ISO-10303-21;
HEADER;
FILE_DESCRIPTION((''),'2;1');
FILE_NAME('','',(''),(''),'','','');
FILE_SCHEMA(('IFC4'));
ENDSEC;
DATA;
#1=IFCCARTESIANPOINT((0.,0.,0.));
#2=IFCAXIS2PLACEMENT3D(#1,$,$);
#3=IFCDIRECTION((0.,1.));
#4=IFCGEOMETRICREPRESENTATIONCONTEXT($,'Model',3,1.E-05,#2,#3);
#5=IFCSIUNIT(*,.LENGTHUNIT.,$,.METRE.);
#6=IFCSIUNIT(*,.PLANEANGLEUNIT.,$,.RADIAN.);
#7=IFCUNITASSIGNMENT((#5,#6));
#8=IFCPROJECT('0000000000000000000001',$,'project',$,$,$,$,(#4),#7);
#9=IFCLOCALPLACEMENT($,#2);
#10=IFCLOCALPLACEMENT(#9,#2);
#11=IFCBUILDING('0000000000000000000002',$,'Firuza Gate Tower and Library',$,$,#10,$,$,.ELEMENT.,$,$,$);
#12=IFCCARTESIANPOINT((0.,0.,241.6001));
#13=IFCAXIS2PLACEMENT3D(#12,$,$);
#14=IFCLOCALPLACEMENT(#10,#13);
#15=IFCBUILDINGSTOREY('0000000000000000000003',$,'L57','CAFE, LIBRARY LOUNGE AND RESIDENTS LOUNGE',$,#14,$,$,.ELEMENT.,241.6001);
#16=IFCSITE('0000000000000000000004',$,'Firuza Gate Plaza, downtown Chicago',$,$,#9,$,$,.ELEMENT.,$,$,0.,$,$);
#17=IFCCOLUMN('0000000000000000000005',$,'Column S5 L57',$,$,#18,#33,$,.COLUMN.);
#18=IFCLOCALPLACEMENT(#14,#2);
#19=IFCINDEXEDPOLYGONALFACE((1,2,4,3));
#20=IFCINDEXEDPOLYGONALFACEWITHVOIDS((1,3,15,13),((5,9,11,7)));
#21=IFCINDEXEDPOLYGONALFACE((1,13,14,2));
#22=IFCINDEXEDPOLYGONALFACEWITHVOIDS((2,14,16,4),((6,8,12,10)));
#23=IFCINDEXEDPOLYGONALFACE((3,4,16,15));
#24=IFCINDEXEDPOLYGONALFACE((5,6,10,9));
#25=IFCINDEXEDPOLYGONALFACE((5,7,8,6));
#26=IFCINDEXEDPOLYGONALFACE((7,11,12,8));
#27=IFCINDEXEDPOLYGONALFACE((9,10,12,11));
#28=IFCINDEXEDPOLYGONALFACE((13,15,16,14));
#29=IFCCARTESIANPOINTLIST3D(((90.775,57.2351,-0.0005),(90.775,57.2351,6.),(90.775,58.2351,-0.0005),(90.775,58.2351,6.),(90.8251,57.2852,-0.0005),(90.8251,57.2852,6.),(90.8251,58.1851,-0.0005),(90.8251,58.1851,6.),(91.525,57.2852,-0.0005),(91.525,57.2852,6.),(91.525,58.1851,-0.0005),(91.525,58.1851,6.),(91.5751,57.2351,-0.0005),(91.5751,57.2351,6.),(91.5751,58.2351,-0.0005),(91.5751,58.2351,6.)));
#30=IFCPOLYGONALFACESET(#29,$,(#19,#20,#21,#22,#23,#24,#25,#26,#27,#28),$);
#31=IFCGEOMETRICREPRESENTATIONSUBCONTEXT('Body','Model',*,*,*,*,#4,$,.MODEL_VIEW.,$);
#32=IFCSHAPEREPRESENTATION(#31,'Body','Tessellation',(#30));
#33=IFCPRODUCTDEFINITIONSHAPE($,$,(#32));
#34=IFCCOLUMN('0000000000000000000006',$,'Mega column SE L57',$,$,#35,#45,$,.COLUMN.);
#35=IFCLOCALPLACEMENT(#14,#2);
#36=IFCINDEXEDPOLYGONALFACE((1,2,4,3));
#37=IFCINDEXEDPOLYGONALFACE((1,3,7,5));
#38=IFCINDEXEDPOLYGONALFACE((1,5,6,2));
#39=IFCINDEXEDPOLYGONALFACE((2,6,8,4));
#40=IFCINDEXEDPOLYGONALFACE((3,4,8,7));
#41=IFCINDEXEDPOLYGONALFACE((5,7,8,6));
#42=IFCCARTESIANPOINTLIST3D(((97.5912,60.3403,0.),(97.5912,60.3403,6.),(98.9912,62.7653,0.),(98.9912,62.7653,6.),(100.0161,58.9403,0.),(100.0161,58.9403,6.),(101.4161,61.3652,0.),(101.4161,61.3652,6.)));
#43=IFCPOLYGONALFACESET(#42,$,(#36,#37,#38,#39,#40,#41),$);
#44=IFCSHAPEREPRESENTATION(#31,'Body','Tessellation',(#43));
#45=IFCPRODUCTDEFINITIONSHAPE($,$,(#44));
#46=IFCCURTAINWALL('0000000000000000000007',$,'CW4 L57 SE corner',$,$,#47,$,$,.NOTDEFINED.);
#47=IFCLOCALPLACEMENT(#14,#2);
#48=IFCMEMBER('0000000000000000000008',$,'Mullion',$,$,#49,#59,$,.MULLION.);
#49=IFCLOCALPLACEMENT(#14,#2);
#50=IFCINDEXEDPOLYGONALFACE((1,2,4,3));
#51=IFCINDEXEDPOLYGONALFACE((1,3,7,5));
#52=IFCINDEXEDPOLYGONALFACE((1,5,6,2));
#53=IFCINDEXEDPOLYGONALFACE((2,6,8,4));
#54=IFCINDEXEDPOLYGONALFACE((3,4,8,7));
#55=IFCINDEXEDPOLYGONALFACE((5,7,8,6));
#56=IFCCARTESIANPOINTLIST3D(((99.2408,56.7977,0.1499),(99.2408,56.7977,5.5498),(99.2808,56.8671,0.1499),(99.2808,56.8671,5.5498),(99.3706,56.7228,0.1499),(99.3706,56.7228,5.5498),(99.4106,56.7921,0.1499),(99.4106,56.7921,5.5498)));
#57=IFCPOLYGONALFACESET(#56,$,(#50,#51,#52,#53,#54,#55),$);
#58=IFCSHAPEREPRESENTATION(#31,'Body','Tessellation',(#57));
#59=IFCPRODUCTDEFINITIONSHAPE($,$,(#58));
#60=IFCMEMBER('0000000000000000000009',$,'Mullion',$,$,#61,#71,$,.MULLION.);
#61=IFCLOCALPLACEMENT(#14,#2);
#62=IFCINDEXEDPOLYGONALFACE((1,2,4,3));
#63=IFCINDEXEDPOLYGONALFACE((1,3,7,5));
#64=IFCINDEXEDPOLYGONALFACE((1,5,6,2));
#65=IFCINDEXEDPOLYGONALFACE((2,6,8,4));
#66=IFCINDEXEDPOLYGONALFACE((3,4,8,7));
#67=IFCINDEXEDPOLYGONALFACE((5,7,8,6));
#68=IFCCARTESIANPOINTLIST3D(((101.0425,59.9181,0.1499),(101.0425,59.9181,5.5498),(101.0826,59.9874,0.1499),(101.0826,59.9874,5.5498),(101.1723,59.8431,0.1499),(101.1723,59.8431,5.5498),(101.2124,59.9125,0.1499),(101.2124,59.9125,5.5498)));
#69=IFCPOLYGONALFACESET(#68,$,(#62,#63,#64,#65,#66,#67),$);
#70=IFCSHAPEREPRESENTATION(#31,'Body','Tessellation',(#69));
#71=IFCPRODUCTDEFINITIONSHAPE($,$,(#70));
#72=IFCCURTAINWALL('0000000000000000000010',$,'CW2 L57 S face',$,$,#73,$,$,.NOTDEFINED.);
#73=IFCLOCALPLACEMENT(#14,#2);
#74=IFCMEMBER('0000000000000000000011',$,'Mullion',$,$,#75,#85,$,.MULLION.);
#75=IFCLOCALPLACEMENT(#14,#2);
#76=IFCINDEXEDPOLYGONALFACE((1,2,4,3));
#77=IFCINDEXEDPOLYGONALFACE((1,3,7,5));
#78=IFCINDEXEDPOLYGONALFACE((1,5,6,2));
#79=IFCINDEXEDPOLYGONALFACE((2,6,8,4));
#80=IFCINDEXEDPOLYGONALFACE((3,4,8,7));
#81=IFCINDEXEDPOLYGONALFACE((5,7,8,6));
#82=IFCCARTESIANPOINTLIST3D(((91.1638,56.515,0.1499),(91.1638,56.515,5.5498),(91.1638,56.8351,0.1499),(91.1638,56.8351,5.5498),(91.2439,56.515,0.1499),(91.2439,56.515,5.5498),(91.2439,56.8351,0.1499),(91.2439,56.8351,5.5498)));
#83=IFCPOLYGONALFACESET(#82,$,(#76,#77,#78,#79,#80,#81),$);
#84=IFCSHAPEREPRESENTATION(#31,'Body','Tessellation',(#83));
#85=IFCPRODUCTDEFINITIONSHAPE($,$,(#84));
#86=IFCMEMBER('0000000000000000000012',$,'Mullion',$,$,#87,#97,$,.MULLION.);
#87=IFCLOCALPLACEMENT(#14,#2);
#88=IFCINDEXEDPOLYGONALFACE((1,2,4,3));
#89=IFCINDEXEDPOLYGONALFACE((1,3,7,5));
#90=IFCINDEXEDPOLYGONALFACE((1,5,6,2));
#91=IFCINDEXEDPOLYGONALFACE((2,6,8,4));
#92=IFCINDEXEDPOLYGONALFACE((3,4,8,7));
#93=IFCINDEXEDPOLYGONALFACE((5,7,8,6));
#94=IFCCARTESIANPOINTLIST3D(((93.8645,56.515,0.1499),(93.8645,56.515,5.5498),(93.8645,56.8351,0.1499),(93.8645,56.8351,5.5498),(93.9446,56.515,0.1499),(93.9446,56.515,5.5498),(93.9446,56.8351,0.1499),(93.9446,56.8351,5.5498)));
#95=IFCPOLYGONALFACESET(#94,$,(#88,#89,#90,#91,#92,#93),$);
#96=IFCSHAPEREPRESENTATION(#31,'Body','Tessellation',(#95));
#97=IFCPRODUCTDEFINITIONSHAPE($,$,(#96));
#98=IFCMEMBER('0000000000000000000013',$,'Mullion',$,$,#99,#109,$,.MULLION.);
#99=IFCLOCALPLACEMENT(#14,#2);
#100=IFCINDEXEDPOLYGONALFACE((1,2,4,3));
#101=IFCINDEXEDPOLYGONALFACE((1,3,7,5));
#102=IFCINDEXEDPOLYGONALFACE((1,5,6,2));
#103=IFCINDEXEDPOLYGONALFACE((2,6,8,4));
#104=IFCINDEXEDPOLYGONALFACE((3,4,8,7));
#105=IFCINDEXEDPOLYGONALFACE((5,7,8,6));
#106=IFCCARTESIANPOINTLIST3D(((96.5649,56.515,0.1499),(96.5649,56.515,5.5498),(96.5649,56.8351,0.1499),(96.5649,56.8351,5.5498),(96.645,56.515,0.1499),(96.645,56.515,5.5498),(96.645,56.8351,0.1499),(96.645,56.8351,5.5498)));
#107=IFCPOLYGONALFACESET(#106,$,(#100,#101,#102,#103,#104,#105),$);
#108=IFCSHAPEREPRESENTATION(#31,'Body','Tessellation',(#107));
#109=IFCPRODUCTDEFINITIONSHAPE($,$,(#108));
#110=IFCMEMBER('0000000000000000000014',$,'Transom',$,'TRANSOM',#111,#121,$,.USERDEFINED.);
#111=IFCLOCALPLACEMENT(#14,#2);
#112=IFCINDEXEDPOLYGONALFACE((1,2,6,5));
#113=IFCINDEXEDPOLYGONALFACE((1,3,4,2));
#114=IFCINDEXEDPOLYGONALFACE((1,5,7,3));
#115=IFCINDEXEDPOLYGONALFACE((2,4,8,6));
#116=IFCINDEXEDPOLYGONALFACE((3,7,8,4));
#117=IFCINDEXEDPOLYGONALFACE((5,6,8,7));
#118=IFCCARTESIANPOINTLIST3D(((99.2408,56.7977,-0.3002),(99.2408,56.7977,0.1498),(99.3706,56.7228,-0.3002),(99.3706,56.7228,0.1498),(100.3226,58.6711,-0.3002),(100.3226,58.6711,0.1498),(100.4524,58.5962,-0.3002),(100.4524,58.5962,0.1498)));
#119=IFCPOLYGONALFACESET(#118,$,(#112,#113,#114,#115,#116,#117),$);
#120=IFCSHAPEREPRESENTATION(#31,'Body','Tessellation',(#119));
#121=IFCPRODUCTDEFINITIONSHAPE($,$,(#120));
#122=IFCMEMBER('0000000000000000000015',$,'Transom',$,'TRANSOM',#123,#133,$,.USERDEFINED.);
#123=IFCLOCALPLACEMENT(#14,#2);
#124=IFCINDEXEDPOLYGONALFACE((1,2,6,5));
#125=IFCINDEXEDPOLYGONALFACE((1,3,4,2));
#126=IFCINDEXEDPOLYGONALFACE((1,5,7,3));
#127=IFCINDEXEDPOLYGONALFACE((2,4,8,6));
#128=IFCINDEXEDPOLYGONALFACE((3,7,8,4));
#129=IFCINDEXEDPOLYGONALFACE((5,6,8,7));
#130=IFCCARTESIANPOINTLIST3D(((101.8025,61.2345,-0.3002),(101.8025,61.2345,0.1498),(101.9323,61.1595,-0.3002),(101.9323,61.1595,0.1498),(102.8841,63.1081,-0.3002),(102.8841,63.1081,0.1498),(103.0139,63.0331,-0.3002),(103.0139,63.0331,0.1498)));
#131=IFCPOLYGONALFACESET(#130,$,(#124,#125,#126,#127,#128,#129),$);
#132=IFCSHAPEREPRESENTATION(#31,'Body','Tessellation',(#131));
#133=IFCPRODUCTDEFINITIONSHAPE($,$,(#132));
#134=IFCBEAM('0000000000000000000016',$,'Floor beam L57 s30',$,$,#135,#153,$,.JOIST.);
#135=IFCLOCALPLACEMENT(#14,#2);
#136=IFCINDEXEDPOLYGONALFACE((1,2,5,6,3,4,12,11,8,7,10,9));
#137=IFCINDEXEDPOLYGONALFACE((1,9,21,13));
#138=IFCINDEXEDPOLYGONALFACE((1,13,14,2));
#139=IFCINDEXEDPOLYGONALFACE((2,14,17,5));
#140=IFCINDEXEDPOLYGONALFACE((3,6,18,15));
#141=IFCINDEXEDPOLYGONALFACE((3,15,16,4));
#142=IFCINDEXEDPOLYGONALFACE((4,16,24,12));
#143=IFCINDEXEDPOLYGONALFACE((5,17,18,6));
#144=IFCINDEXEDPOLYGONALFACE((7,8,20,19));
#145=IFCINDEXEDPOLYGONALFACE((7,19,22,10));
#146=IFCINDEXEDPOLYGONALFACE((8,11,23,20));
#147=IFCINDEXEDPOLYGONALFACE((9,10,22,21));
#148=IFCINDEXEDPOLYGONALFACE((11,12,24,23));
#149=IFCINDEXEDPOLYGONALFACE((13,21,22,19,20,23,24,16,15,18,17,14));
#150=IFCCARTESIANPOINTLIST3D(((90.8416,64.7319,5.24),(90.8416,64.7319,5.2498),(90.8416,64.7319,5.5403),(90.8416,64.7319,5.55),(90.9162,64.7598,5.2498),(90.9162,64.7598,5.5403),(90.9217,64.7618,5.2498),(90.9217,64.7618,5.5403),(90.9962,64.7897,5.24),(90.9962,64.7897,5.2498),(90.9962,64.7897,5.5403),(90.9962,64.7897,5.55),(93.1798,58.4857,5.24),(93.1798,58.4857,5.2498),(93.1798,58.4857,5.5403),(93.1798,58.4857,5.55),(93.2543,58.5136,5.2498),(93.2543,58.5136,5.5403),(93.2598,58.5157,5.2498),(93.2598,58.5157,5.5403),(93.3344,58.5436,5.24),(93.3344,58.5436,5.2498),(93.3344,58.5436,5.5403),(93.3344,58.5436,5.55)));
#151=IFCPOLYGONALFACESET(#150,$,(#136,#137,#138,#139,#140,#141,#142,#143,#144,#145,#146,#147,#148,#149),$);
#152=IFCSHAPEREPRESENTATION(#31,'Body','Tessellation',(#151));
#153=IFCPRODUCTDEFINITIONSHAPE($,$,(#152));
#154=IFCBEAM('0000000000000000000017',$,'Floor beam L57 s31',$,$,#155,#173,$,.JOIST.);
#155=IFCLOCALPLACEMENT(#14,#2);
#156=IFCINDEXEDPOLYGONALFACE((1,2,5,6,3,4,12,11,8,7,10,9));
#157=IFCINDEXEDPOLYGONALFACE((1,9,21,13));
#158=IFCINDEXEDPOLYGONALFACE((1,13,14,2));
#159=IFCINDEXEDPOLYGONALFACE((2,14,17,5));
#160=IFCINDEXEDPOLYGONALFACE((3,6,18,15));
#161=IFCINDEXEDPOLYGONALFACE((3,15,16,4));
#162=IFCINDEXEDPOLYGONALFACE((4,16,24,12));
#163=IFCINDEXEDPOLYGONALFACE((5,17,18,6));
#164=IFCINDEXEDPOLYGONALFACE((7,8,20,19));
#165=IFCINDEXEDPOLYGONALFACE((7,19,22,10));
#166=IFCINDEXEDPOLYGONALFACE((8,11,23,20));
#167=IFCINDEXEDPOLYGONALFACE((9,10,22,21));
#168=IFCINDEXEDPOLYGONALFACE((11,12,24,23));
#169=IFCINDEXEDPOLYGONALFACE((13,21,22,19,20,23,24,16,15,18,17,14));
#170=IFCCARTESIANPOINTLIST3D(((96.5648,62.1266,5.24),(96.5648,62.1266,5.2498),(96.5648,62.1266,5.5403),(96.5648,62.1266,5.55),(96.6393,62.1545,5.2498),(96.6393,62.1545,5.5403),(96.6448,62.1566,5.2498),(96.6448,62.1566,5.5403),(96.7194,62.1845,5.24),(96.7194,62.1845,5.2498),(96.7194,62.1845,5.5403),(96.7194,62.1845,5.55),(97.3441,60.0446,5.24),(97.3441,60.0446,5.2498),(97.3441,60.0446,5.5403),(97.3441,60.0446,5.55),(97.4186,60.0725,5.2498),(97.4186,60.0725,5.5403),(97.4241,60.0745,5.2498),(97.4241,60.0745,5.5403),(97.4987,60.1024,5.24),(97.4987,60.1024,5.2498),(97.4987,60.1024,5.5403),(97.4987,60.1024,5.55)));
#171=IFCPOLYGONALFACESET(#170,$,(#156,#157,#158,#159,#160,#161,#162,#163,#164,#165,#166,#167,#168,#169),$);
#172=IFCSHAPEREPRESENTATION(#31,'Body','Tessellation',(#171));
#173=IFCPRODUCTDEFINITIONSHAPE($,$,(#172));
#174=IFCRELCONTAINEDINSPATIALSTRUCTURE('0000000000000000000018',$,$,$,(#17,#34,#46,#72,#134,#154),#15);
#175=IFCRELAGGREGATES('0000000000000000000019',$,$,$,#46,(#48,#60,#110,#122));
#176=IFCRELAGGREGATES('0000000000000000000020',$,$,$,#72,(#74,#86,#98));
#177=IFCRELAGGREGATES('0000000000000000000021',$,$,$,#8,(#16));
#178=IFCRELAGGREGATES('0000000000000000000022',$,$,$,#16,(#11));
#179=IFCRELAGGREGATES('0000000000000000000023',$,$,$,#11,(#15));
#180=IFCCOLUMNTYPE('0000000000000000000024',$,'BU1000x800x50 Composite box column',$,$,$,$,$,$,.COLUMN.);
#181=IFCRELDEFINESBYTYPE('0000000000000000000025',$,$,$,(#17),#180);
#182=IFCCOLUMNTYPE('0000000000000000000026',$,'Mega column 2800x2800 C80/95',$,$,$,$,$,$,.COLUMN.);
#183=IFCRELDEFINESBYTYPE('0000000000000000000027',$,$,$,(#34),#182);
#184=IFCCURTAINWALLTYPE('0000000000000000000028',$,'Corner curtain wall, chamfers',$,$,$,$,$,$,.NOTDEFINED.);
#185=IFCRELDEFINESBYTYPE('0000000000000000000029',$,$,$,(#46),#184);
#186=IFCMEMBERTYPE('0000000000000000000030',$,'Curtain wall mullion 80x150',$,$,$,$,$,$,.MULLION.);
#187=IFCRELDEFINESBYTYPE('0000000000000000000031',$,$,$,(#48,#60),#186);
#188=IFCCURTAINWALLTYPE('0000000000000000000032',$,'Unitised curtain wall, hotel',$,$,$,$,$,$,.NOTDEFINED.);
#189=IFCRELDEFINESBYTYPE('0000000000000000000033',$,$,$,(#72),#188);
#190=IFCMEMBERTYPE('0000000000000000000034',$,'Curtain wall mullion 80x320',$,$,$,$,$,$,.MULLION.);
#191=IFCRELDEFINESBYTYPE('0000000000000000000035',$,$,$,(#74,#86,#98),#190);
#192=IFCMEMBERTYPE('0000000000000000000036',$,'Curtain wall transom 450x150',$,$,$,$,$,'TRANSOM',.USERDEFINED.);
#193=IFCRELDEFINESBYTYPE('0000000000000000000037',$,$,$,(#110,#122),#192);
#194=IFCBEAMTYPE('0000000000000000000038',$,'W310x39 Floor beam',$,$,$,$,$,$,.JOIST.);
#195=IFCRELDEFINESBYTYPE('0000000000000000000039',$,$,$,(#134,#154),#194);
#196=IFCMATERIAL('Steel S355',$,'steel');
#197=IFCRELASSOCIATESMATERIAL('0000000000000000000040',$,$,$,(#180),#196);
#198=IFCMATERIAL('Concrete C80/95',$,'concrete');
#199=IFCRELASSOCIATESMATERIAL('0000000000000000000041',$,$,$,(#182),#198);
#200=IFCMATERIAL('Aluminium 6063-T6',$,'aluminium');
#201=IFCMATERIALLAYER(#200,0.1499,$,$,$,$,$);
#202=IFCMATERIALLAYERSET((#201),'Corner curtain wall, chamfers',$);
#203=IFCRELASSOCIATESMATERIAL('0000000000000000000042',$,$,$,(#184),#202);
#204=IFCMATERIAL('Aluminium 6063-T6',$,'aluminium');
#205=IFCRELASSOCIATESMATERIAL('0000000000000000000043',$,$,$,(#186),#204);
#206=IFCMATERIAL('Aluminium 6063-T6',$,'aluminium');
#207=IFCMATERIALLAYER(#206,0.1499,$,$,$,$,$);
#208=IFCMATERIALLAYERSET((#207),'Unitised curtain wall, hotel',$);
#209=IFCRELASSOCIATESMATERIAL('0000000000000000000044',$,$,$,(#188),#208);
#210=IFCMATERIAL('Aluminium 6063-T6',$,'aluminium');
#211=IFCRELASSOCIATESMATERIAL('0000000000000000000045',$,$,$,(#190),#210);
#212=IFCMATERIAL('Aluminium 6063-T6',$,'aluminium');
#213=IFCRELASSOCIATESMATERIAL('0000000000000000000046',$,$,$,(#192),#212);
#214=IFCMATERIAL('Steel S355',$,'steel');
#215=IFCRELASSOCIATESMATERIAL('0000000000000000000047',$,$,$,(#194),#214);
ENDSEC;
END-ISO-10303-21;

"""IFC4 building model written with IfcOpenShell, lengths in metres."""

from ifc_helpers import new_model, si_unit, direction, frame, origin, origin_2d, place, context, subcontext, project, spatial, rectangle, hollow_rectangle, i_section, extrude, material, layer, layer_set, material_profile, profile_set, type_object, element, aggregate, save


model = new_model("IFC4")

# Units and contexts
model_context = context("Model", 3, precision=1e-05, world=origin(), true_north=direction((0.0, 1.0)))
body_context = subcontext(model_context, "Body", "Model", "MODEL_VIEW")
ifc_project = project(units=[si_unit("LENGTHUNIT", "METRE"), si_unit("PLANEANGLEUNIT", "RADIAN")], contexts=[model_context])

# Site, building, storey
site_placement = place(None, origin())
site = spatial("IfcSite", under=ifc_project, at=site_placement, Name="Firuza Gate Plaza, downtown Chicago", CompositionType="ELEMENT", RefElevation=0.0)
building_placement = place(site_placement, origin())
building = spatial("IfcBuilding", under=site, at=building_placement, Name="Firuza Gate Tower and Library", CompositionType="ELEMENT")
storey_placement = place(building_placement, frame((0.0, 0.0, 241.6001)))
storey = spatial("IfcBuildingStorey", under=building, at=storey_placement, Name="L57", Description="CAFE, LIBRARY LOUNGE AND RESIDENTS LOUNGE", CompositionType="ELEMENT", Elevation=241.6001)

# Columns
ifc_material_1 = material(Name="Steel S355", Category="steel")
ifc_material_profile_1 = material_profile(ifc_material_1, hollow_rectangle(XDim=0.8, YDim=1.0, WallThickness=0.05, at=origin_2d()))
ifc_profile_set_1 = profile_set([ifc_material_profile_1], Name="Steel S355")
column_type_1 = type_object("IfcColumnType", Name="BU1000x800x50 Composite box column", PredefinedType="COLUMN", material=ifc_profile_set_1)
column_1_placement = place(storey_placement, frame((91.175, 57.7351, -0.0005), z_axis=(0.0, 0.0, 1.0), x_axis=(1.0, 0.0, 0.0)))
element("IfcColumn", 1, at=column_1_placement, inside=storey, type_object=column_type_1, Name="Column S5 L57", PredefinedType="COLUMN", context=body_context, shape_type="SweptSolid", body=[
    extrude(hollow_rectangle(XDim=0.8, YDim=1.0, WallThickness=0.05, at=origin_2d()), origin(), (0.0, 0.0, 1.0), 6.0005),
])
ifc_material_2 = material(Name="Concrete C80/95", Category="concrete")
ifc_material_profile_2 = material_profile(ifc_material_2, rectangle(XDim=2.8, YDim=2.8, at=origin_2d()))
ifc_profile_set_2 = profile_set([ifc_material_profile_2], Name="Concrete C80/95")
column_type_2 = type_object("IfcColumnType", Name="Mega column 2800x2800 C80/95", PredefinedType="COLUMN", material=ifc_profile_set_2)
column_2_placement = place(storey_placement, frame((99.5037, 60.8528, 0.0), z_axis=(0.0, 0.0, 1.0), x_axis=(0.5, 0.866025, 0.0)))
element("IfcColumn", 2, at=column_2_placement, inside=storey, type_object=column_type_2, Name="Mega column SE L57", PredefinedType="COLUMN", context=body_context, shape_type="SweptSolid", body=[
    extrude(rectangle(XDim=2.8, YDim=2.8, at=origin_2d()), origin(), (0.0, 0.0, 1.0), 6.0),
])

# Curtain walls, members
ifc_material_3 = material(Name="Aluminium 6063-T6", Category="aluminium")
ifc_layer_1 = layer(ifc_material_3, 0.1499)
ifc_layer_set_1 = layer_set([ifc_layer_1], Name="Corner curtain wall, chamfers")
curtain_wall_type_1 = type_object("IfcCurtainWallType", Name="Corner curtain wall, chamfers", PredefinedType="NOTDEFINED", material=ifc_layer_set_1)
placement = place(storey_placement, origin())
curtain_wall_1 = element("IfcCurtainWall", 3, at=placement, inside=storey, type_object=curtain_wall_type_1, Name="CW4 L57 SE corner", PredefinedType="NOTDEFINED")
ifc_material_4 = material(Name="Aluminium 6063-T6", Category="aluminium")
ifc_material_profile_3 = material_profile(ifc_material_4, rectangle(XDim=0.1499, YDim=0.0801, at=origin_2d()))
ifc_profile_set_3 = profile_set([ifc_material_profile_3], Name="Aluminium 6063-T6")
member_type_1 = type_object("IfcMemberType", Name="Curtain wall mullion 80x150", PredefinedType="MULLION", material=ifc_profile_set_3)
member_1_placement = place(storey_placement, frame((99.3257, 56.7949, 0.1499), z_axis=(0.0, 0.0, 1.0), x_axis=(-0.866025, 0.5, 0.0)))
member_1 = element("IfcMember", 4, at=member_1_placement, type_object=member_type_1, Name="Mullion", PredefinedType="MULLION", context=body_context, shape_type="SweptSolid", body=[
    extrude(rectangle(XDim=0.1499, YDim=0.0801, at=origin_2d()), origin(), (0.0, 0.0, 1.0), 5.3999),
])
member_2_placement = place(storey_placement, frame((101.1274, 59.9153, 0.1499), z_axis=(0.0, 0.0, 1.0), x_axis=(-0.866025, 0.5, 0.0)))
member_2 = element("IfcMember", 5, at=member_2_placement, type_object=member_type_1, Name="Mullion", PredefinedType="MULLION", context=body_context, shape_type="SweptSolid", body=[
    extrude(rectangle(XDim=0.1499, YDim=0.0801, at=origin_2d()), origin(), (0.0, 0.0, 1.0), 5.3999),
])
ifc_material_5 = material(Name="Aluminium 6063-T6", Category="aluminium")
ifc_layer_2 = layer(ifc_material_5, 0.1499)
ifc_layer_set_2 = layer_set([ifc_layer_2], Name="Unitised curtain wall, hotel")
curtain_wall_type_2 = type_object("IfcCurtainWallType", Name="Unitised curtain wall, hotel", PredefinedType="NOTDEFINED", material=ifc_layer_set_2)
curtain_wall_2 = element("IfcCurtainWall", 6, at=placement, inside=storey, type_object=curtain_wall_type_2, Name="CW2 L57 S face", PredefinedType="NOTDEFINED")
ifc_material_6 = material(Name="Aluminium 6063-T6", Category="aluminium")
ifc_material_profile_4 = material_profile(ifc_material_6, rectangle(XDim=0.3201, YDim=0.0801, at=origin_2d()))
ifc_profile_set_4 = profile_set([ifc_material_profile_4], Name="Aluminium 6063-T6")
member_type_2 = type_object("IfcMemberType", Name="Curtain wall mullion 80x320", PredefinedType="MULLION", material=ifc_profile_set_4)
member_3_placement = place(storey_placement, frame((91.2039, 56.675, 0.1499), z_axis=(0.0, 0.0, 1.0), x_axis=(0.0, 1.0, 0.0)))
member_3 = element("IfcMember", 7, at=member_3_placement, type_object=member_type_2, Name="Mullion", PredefinedType="MULLION", context=body_context, shape_type="SweptSolid", body=[
    extrude(rectangle(XDim=0.3201, YDim=0.0801, at=origin_2d()), origin(), (0.0, 0.0, 1.0), 5.3999),
])
member_4_placement = place(storey_placement, frame((93.9045, 56.675, 0.1499), z_axis=(0.0, 0.0, 1.0), x_axis=(0.0, 1.0, 0.0)))
member_4 = element("IfcMember", 8, at=member_4_placement, type_object=member_type_2, Name="Mullion", PredefinedType="MULLION", context=body_context, shape_type="SweptSolid", body=[
    extrude(rectangle(XDim=0.3201, YDim=0.0801, at=origin_2d()), origin(), (0.0, 0.0, 1.0), 5.3999),
])
member_5_placement = place(storey_placement, frame((96.605, 56.675, 0.1499), z_axis=(0.0, 0.0, 1.0), x_axis=(0.0, 1.0, 0.0)))
member_5 = element("IfcMember", 9, at=member_5_placement, type_object=member_type_2, Name="Mullion", PredefinedType="MULLION", context=body_context, shape_type="SweptSolid", body=[
    extrude(rectangle(XDim=0.3201, YDim=0.0801, at=origin_2d()), origin(), (0.0, 0.0, 1.0), 5.3999),
])

# Members
ifc_material_7 = material(Name="Aluminium 6063-T6", Category="aluminium")
ifc_material_profile_5 = material_profile(ifc_material_7, rectangle(XDim=0.1499, YDim=0.45, at=origin_2d()))
ifc_profile_set_5 = profile_set([ifc_material_profile_5], Name="Aluminium 6063-T6")
member_type_3 = type_object("IfcMemberType", Name="Curtain wall transom 450x150", ElementType="TRANSOM", PredefinedType="USERDEFINED", material=ifc_profile_set_5)
member_6_placement = place(storey_placement, frame((99.3057, 56.7603, -0.0752), z_axis=(0.500084, 0.865977, 0.0), x_axis=(-0.865977, 0.500084, 0.0)))
member_6 = element("IfcMember", 10, at=member_6_placement, type_object=member_type_3, Name="Transom", ObjectType="TRANSOM", PredefinedType="USERDEFINED", context=body_context, shape_type="SweptSolid", body=[
    extrude(rectangle(XDim=0.1499, YDim=0.45, at=origin_2d()), origin(), (0.0, 0.0, 1.0), 2.1633),
])
member_7_placement = place(storey_placement, frame((101.8674, 61.197, -0.0752), z_axis=(0.49995, 0.866054, 0.0), x_axis=(-0.866054, 0.49995, 0.0)))
member_7 = element("IfcMember", 11, at=member_7_placement, type_object=member_type_3, Name="Transom", ObjectType="TRANSOM", PredefinedType="USERDEFINED", context=body_context, shape_type="SweptSolid", body=[
    extrude(rectangle(XDim=0.1499, YDim=0.45, at=origin_2d()), origin(), (0.0, 0.0, 1.0), 2.1633),
])

# Beams
ifc_material_8 = material(Name="Steel S355", Category="steel")
ifc_material_profile_6 = material_profile(ifc_material_8, i_section(OverallWidth=0.165, OverallDepth=0.3101, WebThickness=0.0059, FlangeThickness=0.0098, at=origin_2d()))
ifc_profile_set_6 = profile_set([ifc_material_profile_6], Name="Steel S355")
beam_type_1 = type_object("IfcBeamType", Name="W310x39 Floor beam", PredefinedType="JOIST", material=ifc_profile_set_6)
beam_1_placement = place(storey_placement, frame((93.2571, 58.5146, 5.395), z_axis=(-0.350578, 0.936534, 0.0), x_axis=(-0.936534, -0.350578, 0.0)))
element("IfcBeam", 12, at=beam_1_placement, inside=storey, type_object=beam_type_1, Name="Floor beam L57 s30", PredefinedType="JOIST", context=body_context, shape_type="SweptSolid", body=[
    extrude(i_section(OverallWidth=0.165, OverallDepth=0.3101, WebThickness=0.0059, FlangeThickness=0.0098, at=origin_2d()), origin(), (0.0, 0.0, 1.0), 6.6694),
])
beam_2_placement = place(storey_placement, frame((97.4214, 60.0735, 5.395), z_axis=(-0.350546, 0.936546, 0.0), x_axis=(-0.936546, -0.350546, 0.0)))
element("IfcBeam", 13, at=beam_2_placement, inside=storey, type_object=beam_type_1, Name="Floor beam L57 s31", PredefinedType="JOIST", context=body_context, shape_type="SweptSolid", body=[
    extrude(i_section(OverallWidth=0.165, OverallDepth=0.3101, WebThickness=0.0059, FlangeThickness=0.0098, at=origin_2d()), origin(), (0.0, 0.0, 1.0), 2.2231),
])

aggregate(curtain_wall_1, [member_1, member_2, member_6, member_7])
aggregate(curtain_wall_2, [member_3, member_4, member_5])

save(model, "model.ifc")
